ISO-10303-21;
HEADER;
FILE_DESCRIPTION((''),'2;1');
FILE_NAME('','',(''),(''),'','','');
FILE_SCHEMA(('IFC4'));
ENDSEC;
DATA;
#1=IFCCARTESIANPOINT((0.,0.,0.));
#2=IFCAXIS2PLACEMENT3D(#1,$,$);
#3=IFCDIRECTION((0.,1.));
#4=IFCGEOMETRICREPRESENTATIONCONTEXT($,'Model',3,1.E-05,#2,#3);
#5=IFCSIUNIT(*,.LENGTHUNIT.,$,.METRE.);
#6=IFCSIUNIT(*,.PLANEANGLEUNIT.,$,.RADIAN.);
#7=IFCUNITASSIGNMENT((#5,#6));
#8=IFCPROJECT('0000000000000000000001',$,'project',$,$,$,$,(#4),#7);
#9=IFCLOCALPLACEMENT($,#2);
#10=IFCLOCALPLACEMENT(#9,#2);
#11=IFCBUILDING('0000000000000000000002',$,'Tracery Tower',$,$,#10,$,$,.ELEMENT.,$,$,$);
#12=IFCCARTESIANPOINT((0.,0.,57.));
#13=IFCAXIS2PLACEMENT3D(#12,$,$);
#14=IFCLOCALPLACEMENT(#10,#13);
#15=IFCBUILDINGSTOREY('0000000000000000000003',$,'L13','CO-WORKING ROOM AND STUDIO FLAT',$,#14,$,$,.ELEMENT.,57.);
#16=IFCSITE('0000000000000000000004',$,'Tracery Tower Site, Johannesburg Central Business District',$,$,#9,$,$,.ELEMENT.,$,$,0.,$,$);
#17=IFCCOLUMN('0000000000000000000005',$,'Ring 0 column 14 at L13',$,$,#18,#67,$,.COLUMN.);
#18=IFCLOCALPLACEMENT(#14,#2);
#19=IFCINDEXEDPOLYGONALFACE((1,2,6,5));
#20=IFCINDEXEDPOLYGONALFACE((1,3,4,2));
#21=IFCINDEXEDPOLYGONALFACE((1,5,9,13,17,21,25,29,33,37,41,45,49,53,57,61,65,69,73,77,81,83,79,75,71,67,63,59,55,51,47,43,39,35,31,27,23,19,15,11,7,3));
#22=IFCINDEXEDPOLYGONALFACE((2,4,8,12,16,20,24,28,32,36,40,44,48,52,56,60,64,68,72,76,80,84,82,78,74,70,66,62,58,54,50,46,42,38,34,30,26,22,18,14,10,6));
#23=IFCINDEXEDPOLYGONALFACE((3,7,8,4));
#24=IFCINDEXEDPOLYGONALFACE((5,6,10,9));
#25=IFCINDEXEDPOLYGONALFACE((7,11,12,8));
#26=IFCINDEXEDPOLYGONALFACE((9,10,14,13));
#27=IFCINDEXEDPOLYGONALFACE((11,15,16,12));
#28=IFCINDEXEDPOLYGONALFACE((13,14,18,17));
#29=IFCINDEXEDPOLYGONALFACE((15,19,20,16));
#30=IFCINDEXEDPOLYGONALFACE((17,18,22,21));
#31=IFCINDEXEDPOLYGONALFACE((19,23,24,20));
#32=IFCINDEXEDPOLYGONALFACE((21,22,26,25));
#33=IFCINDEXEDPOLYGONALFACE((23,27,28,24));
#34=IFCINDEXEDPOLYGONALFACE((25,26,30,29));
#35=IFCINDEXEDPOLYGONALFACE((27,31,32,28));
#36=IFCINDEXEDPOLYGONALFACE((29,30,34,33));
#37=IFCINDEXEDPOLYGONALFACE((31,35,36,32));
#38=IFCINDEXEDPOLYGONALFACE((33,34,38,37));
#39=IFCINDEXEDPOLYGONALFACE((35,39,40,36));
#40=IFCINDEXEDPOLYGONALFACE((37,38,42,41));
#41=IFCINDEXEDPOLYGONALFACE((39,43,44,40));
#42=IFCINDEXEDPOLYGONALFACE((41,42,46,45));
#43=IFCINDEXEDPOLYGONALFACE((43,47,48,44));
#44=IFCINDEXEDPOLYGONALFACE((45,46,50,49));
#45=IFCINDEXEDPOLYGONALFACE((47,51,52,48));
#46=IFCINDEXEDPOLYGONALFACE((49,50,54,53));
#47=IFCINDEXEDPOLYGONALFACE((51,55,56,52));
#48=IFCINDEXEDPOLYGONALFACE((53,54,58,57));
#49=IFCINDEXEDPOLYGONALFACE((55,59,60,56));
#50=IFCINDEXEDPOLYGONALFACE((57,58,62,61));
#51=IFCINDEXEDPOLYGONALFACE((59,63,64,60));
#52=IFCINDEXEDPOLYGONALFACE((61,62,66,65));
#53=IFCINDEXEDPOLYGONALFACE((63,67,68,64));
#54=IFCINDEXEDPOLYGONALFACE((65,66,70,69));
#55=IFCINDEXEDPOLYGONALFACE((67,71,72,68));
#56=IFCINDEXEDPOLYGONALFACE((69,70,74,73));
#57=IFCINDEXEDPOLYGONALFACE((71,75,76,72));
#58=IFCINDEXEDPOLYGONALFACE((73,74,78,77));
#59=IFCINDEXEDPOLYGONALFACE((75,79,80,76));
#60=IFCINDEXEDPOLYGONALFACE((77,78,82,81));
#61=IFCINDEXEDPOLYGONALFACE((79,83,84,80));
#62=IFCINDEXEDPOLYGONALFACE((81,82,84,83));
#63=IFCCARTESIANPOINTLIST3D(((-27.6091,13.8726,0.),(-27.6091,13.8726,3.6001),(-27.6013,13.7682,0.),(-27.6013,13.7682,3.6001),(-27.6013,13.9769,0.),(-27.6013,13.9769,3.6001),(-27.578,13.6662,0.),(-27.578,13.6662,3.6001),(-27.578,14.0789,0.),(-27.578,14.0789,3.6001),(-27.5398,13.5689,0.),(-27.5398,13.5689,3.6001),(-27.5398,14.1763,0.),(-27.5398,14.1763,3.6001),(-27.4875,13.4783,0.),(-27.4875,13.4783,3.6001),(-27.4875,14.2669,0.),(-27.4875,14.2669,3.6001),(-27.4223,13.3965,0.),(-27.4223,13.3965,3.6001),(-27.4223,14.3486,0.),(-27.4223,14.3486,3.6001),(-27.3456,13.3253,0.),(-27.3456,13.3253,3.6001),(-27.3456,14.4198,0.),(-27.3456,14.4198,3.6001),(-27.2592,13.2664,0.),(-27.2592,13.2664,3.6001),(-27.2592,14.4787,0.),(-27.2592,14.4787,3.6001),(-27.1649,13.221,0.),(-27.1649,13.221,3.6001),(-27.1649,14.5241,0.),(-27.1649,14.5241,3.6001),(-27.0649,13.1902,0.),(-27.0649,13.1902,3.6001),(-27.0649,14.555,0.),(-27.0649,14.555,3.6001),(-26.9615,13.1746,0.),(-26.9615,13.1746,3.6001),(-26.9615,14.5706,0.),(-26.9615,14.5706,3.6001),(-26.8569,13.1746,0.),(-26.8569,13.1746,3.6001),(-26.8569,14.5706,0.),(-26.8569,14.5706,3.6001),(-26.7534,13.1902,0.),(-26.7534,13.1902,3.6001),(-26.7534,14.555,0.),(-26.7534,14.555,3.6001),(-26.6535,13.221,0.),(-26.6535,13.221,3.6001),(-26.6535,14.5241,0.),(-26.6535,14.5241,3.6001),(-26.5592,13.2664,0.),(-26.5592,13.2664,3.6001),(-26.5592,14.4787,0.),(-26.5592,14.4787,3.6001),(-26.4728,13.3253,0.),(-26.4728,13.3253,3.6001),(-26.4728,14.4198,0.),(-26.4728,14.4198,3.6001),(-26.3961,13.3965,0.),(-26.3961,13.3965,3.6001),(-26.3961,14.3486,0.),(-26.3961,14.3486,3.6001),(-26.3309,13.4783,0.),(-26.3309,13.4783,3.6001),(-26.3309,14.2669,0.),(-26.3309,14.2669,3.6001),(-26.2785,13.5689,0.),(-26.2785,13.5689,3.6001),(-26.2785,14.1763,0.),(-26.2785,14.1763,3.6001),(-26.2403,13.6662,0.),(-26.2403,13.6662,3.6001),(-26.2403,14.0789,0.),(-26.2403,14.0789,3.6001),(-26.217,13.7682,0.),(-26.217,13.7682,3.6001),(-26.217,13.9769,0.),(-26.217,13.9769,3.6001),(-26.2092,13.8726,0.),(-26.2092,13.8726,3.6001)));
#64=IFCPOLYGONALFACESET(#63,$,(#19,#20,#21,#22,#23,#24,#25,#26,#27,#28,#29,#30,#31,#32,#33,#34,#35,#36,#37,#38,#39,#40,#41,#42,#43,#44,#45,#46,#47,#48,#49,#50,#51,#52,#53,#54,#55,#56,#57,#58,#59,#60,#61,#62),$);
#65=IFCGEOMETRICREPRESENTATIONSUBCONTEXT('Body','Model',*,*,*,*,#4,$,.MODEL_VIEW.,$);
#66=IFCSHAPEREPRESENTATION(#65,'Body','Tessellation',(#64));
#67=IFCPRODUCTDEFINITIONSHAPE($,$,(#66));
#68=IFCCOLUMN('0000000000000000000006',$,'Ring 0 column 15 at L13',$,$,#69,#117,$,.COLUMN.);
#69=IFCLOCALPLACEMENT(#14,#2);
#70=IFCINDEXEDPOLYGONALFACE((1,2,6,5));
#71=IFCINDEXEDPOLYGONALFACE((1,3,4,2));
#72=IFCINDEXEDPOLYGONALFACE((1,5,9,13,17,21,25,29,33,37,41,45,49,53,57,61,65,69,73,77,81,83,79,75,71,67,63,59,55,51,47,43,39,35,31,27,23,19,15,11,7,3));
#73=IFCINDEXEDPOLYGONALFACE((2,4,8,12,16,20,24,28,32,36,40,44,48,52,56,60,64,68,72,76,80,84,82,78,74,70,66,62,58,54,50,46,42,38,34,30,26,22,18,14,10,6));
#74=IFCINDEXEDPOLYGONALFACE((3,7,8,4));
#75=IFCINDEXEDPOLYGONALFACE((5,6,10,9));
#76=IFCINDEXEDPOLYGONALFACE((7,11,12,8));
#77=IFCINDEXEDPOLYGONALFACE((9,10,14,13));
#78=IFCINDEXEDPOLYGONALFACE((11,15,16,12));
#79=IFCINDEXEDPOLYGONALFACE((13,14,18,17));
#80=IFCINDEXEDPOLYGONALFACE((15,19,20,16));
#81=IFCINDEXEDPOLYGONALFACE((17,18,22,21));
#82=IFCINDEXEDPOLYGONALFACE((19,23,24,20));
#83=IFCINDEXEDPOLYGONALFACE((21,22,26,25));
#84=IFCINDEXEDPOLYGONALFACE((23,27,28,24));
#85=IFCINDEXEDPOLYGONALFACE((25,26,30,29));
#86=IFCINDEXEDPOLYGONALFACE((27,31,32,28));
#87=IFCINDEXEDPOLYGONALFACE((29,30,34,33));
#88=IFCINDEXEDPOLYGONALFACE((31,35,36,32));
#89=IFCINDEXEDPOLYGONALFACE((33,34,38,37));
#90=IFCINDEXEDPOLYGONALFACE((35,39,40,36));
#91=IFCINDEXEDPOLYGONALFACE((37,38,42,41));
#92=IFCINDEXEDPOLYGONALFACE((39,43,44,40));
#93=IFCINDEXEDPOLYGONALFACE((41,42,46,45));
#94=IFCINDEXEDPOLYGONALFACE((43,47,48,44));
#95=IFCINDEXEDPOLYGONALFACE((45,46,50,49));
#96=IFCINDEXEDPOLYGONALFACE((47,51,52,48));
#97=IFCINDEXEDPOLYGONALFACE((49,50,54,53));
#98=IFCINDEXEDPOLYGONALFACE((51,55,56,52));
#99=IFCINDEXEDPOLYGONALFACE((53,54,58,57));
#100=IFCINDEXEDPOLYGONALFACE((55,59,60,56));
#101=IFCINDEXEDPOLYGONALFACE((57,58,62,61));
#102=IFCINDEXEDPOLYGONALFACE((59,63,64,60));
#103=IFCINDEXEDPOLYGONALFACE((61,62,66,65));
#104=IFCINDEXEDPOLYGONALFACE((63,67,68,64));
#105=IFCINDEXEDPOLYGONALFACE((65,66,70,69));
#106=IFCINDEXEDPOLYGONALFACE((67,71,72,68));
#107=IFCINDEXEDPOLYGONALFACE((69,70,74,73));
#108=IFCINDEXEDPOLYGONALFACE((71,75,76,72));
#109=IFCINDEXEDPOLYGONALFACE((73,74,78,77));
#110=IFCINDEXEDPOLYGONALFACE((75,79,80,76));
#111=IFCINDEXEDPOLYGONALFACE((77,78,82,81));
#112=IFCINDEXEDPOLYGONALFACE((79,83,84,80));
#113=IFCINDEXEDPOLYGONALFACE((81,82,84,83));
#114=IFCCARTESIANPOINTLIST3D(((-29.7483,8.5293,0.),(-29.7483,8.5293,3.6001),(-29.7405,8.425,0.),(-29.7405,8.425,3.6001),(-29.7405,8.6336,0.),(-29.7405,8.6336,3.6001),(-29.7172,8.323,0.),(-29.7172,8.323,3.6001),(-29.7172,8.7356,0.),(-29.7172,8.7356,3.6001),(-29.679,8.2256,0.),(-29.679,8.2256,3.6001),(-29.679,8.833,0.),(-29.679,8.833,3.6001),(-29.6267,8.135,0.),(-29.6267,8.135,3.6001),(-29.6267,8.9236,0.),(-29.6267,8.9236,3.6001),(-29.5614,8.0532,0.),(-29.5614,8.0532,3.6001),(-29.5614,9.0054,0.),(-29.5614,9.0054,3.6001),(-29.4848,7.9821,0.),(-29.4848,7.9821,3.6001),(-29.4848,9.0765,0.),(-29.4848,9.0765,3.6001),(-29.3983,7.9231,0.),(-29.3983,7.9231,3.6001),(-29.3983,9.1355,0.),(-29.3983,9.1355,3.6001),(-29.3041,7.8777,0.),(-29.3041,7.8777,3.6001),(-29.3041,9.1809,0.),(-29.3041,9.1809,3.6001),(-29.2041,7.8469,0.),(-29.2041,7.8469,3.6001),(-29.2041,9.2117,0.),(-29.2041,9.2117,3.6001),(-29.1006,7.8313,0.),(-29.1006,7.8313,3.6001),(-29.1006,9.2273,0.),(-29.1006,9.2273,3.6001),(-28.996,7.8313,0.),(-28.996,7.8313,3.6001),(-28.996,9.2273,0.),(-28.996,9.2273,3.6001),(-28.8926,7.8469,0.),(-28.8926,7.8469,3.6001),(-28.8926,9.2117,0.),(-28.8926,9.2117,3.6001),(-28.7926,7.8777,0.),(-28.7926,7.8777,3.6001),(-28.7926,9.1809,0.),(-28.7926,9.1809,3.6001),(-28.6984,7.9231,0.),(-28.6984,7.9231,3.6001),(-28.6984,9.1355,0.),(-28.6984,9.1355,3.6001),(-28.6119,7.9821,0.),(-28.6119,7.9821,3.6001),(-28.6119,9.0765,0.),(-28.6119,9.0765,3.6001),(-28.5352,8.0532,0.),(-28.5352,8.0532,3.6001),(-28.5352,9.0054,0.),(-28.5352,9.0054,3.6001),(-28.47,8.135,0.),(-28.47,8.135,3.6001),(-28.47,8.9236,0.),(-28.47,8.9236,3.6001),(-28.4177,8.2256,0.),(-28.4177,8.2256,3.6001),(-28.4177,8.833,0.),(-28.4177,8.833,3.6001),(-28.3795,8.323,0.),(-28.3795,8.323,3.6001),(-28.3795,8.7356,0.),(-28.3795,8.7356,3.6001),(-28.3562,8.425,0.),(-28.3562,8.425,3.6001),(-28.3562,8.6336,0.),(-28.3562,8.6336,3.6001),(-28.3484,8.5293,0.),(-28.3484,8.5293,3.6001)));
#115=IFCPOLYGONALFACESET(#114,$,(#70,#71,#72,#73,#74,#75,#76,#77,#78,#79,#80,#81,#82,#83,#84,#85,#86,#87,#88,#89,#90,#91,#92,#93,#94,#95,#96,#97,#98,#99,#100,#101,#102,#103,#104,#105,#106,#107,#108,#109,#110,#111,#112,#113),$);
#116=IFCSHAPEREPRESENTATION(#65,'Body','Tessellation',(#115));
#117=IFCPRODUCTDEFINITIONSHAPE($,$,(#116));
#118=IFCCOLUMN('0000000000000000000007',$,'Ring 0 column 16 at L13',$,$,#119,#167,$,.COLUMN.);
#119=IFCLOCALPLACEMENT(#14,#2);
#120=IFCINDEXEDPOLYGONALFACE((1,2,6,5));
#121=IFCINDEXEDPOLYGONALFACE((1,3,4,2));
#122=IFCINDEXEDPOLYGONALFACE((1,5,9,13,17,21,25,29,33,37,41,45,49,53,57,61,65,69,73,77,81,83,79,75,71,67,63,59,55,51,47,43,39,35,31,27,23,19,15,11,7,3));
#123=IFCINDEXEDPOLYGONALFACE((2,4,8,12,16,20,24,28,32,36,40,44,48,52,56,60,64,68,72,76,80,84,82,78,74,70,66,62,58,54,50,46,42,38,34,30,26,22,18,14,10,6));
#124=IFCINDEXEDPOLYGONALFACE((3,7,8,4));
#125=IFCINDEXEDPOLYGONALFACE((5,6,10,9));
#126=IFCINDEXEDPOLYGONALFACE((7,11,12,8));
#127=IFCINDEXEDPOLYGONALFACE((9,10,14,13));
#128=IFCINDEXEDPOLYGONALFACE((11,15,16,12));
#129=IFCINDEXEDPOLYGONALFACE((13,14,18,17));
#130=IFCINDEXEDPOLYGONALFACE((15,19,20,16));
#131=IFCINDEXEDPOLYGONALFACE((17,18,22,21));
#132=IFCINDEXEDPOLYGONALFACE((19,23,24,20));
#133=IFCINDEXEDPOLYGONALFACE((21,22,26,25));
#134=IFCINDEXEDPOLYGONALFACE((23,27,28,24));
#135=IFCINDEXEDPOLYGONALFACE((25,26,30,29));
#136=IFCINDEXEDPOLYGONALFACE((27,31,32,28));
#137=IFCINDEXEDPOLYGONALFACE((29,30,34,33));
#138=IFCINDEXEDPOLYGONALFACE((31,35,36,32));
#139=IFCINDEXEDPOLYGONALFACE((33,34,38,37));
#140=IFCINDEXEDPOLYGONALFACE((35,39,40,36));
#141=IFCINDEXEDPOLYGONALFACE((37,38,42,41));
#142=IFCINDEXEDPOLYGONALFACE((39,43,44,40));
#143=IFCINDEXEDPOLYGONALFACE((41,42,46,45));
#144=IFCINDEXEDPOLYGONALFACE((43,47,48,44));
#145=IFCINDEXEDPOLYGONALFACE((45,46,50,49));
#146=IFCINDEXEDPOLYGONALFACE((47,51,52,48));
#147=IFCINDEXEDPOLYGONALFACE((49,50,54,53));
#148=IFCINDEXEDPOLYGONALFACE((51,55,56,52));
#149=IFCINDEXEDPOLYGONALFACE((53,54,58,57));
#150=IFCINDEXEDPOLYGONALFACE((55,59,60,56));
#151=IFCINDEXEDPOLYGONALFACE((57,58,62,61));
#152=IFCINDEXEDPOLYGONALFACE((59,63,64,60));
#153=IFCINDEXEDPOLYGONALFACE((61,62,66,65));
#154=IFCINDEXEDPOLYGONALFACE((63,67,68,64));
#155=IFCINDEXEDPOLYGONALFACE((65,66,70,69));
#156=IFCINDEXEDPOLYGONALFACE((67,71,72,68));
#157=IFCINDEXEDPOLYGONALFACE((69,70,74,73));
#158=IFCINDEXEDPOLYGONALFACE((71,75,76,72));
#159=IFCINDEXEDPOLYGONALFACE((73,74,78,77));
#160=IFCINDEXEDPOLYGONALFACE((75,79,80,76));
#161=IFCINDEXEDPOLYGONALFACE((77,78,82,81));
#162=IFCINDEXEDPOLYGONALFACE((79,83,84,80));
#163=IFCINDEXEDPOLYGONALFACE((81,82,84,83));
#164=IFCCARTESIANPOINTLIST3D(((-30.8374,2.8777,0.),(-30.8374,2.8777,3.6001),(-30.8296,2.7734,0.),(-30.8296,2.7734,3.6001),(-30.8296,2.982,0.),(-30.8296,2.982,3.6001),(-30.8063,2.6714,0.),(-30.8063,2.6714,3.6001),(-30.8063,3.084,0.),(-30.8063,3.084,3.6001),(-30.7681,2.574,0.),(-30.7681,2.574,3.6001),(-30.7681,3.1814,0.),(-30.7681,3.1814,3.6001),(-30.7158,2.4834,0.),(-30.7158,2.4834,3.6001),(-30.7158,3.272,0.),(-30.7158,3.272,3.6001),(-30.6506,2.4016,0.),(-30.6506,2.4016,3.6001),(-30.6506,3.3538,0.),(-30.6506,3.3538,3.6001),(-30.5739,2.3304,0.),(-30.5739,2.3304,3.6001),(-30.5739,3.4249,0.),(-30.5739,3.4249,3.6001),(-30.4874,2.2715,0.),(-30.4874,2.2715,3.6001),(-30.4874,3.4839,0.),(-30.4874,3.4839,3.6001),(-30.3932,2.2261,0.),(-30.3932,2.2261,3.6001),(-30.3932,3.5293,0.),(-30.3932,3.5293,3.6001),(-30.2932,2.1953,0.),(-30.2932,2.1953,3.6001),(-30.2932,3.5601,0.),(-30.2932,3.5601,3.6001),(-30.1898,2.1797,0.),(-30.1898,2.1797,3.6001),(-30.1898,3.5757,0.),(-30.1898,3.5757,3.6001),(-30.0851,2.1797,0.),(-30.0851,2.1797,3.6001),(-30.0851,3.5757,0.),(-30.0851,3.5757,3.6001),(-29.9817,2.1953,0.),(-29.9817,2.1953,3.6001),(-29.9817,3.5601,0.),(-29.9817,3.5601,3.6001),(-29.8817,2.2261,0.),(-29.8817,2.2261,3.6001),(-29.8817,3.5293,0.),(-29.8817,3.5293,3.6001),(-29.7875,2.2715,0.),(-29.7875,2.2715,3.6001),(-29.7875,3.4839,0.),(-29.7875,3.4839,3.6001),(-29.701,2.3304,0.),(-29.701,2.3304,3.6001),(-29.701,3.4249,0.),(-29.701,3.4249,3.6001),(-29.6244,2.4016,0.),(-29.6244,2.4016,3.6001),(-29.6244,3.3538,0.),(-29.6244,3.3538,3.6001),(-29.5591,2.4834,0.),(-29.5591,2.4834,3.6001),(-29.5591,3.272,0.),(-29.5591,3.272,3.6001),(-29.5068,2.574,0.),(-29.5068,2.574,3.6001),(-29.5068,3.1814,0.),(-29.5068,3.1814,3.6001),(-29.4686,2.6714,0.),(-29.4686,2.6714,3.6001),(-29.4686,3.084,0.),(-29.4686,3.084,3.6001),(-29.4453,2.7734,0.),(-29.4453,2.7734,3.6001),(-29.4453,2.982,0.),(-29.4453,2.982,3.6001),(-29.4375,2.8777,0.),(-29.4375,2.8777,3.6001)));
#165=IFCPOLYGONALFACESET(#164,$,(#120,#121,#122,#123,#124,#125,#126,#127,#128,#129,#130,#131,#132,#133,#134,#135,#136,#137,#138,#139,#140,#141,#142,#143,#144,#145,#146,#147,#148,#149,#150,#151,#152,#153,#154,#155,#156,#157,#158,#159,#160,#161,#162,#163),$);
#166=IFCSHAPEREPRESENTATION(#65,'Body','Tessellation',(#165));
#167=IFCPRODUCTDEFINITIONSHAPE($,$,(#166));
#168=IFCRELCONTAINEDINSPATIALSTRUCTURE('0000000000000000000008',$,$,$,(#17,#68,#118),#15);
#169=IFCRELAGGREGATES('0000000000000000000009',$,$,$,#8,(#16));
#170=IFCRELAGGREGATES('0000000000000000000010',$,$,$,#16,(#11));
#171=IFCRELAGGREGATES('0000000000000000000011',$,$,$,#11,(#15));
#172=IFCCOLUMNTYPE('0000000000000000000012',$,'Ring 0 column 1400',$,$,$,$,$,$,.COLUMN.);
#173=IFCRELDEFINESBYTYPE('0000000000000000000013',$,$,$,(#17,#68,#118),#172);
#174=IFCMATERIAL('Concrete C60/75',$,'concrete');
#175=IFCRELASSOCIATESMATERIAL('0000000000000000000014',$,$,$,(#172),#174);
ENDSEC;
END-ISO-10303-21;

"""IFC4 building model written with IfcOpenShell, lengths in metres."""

from ifc_helpers import new_model, si_unit, direction, frame, origin, origin_2d, place, context, subcontext, project, spatial, circle, extrude, material, material_profile, profile_set, type_object, element, save


model = new_model("IFC4")

# Units and contexts
model_context = context("Model", 3, precision=1e-05, world=origin(), true_north=direction((0.0, 1.0)))
body_context = subcontext(model_context, "Body", "Model", "MODEL_VIEW")
ifc_project = project(units=[si_unit("LENGTHUNIT", "METRE"), si_unit("PLANEANGLEUNIT", "RADIAN")], contexts=[model_context])

# Site, building, storey
site_placement = place(None, origin())
site = spatial("IfcSite", under=ifc_project, at=site_placement, Name="Tracery Tower Site, Johannesburg Central Business District", CompositionType="ELEMENT", RefElevation=0.0)
building_placement = place(site_placement, origin())
building = spatial("IfcBuilding", under=site, at=building_placement, Name="Tracery Tower", CompositionType="ELEMENT")
storey_placement = place(building_placement, frame((0.0, 0.0, 57.0)))
storey = spatial("IfcBuildingStorey", under=building, at=storey_placement, Name="L13", Description="CO-WORKING ROOM AND STUDIO FLAT", CompositionType="ELEMENT", Elevation=57.0)

# Columns
ifc_material_1 = material(Name="Concrete C60/75", Category="concrete")
ifc_material_profile_1 = material_profile(ifc_material_1, circle(Radius=0.7, at=origin_2d()), Name="RC D1400")
ifc_profile_set_1 = profile_set([ifc_material_profile_1], Name="Concrete C60/75")
column_type_1 = type_object("IfcColumnType", Name="Ring 0 column 1400", PredefinedType="COLUMN", material=ifc_profile_set_1)
for number, where, z_axis, x_axis, name in (
    (1, (-26.9092, 13.8726, 0.0), (0.0, 0.0, 1.0), (1.0, 0.0, 0.0), "Ring 0 column 14 at L13"),
    (2, (-29.0483, 8.5293, 0.0), (0.0, 0.0, 1.0), (1.0, 0.0, 0.0), "Ring 0 column 15 at L13"),
    (3, (-30.1375, 2.8777, 0.0), (0.0, 0.0, 1.0), (1.0, 0.0, 0.0), "Ring 0 column 16 at L13"),
):
    element("IfcColumn", number, at=place(storey_placement, frame(where, z_axis=z_axis, x_axis=x_axis)), inside=storey, type_object=column_type_1, Name=name, PredefinedType="COLUMN", context=body_context, shape_type="SweptSolid", body=[
        extrude(circle(Radius=0.7, at=origin_2d()), origin(), (0.0, 0.0, 1.0), 3.6001),
    ])

save(model, "model.ifc")
